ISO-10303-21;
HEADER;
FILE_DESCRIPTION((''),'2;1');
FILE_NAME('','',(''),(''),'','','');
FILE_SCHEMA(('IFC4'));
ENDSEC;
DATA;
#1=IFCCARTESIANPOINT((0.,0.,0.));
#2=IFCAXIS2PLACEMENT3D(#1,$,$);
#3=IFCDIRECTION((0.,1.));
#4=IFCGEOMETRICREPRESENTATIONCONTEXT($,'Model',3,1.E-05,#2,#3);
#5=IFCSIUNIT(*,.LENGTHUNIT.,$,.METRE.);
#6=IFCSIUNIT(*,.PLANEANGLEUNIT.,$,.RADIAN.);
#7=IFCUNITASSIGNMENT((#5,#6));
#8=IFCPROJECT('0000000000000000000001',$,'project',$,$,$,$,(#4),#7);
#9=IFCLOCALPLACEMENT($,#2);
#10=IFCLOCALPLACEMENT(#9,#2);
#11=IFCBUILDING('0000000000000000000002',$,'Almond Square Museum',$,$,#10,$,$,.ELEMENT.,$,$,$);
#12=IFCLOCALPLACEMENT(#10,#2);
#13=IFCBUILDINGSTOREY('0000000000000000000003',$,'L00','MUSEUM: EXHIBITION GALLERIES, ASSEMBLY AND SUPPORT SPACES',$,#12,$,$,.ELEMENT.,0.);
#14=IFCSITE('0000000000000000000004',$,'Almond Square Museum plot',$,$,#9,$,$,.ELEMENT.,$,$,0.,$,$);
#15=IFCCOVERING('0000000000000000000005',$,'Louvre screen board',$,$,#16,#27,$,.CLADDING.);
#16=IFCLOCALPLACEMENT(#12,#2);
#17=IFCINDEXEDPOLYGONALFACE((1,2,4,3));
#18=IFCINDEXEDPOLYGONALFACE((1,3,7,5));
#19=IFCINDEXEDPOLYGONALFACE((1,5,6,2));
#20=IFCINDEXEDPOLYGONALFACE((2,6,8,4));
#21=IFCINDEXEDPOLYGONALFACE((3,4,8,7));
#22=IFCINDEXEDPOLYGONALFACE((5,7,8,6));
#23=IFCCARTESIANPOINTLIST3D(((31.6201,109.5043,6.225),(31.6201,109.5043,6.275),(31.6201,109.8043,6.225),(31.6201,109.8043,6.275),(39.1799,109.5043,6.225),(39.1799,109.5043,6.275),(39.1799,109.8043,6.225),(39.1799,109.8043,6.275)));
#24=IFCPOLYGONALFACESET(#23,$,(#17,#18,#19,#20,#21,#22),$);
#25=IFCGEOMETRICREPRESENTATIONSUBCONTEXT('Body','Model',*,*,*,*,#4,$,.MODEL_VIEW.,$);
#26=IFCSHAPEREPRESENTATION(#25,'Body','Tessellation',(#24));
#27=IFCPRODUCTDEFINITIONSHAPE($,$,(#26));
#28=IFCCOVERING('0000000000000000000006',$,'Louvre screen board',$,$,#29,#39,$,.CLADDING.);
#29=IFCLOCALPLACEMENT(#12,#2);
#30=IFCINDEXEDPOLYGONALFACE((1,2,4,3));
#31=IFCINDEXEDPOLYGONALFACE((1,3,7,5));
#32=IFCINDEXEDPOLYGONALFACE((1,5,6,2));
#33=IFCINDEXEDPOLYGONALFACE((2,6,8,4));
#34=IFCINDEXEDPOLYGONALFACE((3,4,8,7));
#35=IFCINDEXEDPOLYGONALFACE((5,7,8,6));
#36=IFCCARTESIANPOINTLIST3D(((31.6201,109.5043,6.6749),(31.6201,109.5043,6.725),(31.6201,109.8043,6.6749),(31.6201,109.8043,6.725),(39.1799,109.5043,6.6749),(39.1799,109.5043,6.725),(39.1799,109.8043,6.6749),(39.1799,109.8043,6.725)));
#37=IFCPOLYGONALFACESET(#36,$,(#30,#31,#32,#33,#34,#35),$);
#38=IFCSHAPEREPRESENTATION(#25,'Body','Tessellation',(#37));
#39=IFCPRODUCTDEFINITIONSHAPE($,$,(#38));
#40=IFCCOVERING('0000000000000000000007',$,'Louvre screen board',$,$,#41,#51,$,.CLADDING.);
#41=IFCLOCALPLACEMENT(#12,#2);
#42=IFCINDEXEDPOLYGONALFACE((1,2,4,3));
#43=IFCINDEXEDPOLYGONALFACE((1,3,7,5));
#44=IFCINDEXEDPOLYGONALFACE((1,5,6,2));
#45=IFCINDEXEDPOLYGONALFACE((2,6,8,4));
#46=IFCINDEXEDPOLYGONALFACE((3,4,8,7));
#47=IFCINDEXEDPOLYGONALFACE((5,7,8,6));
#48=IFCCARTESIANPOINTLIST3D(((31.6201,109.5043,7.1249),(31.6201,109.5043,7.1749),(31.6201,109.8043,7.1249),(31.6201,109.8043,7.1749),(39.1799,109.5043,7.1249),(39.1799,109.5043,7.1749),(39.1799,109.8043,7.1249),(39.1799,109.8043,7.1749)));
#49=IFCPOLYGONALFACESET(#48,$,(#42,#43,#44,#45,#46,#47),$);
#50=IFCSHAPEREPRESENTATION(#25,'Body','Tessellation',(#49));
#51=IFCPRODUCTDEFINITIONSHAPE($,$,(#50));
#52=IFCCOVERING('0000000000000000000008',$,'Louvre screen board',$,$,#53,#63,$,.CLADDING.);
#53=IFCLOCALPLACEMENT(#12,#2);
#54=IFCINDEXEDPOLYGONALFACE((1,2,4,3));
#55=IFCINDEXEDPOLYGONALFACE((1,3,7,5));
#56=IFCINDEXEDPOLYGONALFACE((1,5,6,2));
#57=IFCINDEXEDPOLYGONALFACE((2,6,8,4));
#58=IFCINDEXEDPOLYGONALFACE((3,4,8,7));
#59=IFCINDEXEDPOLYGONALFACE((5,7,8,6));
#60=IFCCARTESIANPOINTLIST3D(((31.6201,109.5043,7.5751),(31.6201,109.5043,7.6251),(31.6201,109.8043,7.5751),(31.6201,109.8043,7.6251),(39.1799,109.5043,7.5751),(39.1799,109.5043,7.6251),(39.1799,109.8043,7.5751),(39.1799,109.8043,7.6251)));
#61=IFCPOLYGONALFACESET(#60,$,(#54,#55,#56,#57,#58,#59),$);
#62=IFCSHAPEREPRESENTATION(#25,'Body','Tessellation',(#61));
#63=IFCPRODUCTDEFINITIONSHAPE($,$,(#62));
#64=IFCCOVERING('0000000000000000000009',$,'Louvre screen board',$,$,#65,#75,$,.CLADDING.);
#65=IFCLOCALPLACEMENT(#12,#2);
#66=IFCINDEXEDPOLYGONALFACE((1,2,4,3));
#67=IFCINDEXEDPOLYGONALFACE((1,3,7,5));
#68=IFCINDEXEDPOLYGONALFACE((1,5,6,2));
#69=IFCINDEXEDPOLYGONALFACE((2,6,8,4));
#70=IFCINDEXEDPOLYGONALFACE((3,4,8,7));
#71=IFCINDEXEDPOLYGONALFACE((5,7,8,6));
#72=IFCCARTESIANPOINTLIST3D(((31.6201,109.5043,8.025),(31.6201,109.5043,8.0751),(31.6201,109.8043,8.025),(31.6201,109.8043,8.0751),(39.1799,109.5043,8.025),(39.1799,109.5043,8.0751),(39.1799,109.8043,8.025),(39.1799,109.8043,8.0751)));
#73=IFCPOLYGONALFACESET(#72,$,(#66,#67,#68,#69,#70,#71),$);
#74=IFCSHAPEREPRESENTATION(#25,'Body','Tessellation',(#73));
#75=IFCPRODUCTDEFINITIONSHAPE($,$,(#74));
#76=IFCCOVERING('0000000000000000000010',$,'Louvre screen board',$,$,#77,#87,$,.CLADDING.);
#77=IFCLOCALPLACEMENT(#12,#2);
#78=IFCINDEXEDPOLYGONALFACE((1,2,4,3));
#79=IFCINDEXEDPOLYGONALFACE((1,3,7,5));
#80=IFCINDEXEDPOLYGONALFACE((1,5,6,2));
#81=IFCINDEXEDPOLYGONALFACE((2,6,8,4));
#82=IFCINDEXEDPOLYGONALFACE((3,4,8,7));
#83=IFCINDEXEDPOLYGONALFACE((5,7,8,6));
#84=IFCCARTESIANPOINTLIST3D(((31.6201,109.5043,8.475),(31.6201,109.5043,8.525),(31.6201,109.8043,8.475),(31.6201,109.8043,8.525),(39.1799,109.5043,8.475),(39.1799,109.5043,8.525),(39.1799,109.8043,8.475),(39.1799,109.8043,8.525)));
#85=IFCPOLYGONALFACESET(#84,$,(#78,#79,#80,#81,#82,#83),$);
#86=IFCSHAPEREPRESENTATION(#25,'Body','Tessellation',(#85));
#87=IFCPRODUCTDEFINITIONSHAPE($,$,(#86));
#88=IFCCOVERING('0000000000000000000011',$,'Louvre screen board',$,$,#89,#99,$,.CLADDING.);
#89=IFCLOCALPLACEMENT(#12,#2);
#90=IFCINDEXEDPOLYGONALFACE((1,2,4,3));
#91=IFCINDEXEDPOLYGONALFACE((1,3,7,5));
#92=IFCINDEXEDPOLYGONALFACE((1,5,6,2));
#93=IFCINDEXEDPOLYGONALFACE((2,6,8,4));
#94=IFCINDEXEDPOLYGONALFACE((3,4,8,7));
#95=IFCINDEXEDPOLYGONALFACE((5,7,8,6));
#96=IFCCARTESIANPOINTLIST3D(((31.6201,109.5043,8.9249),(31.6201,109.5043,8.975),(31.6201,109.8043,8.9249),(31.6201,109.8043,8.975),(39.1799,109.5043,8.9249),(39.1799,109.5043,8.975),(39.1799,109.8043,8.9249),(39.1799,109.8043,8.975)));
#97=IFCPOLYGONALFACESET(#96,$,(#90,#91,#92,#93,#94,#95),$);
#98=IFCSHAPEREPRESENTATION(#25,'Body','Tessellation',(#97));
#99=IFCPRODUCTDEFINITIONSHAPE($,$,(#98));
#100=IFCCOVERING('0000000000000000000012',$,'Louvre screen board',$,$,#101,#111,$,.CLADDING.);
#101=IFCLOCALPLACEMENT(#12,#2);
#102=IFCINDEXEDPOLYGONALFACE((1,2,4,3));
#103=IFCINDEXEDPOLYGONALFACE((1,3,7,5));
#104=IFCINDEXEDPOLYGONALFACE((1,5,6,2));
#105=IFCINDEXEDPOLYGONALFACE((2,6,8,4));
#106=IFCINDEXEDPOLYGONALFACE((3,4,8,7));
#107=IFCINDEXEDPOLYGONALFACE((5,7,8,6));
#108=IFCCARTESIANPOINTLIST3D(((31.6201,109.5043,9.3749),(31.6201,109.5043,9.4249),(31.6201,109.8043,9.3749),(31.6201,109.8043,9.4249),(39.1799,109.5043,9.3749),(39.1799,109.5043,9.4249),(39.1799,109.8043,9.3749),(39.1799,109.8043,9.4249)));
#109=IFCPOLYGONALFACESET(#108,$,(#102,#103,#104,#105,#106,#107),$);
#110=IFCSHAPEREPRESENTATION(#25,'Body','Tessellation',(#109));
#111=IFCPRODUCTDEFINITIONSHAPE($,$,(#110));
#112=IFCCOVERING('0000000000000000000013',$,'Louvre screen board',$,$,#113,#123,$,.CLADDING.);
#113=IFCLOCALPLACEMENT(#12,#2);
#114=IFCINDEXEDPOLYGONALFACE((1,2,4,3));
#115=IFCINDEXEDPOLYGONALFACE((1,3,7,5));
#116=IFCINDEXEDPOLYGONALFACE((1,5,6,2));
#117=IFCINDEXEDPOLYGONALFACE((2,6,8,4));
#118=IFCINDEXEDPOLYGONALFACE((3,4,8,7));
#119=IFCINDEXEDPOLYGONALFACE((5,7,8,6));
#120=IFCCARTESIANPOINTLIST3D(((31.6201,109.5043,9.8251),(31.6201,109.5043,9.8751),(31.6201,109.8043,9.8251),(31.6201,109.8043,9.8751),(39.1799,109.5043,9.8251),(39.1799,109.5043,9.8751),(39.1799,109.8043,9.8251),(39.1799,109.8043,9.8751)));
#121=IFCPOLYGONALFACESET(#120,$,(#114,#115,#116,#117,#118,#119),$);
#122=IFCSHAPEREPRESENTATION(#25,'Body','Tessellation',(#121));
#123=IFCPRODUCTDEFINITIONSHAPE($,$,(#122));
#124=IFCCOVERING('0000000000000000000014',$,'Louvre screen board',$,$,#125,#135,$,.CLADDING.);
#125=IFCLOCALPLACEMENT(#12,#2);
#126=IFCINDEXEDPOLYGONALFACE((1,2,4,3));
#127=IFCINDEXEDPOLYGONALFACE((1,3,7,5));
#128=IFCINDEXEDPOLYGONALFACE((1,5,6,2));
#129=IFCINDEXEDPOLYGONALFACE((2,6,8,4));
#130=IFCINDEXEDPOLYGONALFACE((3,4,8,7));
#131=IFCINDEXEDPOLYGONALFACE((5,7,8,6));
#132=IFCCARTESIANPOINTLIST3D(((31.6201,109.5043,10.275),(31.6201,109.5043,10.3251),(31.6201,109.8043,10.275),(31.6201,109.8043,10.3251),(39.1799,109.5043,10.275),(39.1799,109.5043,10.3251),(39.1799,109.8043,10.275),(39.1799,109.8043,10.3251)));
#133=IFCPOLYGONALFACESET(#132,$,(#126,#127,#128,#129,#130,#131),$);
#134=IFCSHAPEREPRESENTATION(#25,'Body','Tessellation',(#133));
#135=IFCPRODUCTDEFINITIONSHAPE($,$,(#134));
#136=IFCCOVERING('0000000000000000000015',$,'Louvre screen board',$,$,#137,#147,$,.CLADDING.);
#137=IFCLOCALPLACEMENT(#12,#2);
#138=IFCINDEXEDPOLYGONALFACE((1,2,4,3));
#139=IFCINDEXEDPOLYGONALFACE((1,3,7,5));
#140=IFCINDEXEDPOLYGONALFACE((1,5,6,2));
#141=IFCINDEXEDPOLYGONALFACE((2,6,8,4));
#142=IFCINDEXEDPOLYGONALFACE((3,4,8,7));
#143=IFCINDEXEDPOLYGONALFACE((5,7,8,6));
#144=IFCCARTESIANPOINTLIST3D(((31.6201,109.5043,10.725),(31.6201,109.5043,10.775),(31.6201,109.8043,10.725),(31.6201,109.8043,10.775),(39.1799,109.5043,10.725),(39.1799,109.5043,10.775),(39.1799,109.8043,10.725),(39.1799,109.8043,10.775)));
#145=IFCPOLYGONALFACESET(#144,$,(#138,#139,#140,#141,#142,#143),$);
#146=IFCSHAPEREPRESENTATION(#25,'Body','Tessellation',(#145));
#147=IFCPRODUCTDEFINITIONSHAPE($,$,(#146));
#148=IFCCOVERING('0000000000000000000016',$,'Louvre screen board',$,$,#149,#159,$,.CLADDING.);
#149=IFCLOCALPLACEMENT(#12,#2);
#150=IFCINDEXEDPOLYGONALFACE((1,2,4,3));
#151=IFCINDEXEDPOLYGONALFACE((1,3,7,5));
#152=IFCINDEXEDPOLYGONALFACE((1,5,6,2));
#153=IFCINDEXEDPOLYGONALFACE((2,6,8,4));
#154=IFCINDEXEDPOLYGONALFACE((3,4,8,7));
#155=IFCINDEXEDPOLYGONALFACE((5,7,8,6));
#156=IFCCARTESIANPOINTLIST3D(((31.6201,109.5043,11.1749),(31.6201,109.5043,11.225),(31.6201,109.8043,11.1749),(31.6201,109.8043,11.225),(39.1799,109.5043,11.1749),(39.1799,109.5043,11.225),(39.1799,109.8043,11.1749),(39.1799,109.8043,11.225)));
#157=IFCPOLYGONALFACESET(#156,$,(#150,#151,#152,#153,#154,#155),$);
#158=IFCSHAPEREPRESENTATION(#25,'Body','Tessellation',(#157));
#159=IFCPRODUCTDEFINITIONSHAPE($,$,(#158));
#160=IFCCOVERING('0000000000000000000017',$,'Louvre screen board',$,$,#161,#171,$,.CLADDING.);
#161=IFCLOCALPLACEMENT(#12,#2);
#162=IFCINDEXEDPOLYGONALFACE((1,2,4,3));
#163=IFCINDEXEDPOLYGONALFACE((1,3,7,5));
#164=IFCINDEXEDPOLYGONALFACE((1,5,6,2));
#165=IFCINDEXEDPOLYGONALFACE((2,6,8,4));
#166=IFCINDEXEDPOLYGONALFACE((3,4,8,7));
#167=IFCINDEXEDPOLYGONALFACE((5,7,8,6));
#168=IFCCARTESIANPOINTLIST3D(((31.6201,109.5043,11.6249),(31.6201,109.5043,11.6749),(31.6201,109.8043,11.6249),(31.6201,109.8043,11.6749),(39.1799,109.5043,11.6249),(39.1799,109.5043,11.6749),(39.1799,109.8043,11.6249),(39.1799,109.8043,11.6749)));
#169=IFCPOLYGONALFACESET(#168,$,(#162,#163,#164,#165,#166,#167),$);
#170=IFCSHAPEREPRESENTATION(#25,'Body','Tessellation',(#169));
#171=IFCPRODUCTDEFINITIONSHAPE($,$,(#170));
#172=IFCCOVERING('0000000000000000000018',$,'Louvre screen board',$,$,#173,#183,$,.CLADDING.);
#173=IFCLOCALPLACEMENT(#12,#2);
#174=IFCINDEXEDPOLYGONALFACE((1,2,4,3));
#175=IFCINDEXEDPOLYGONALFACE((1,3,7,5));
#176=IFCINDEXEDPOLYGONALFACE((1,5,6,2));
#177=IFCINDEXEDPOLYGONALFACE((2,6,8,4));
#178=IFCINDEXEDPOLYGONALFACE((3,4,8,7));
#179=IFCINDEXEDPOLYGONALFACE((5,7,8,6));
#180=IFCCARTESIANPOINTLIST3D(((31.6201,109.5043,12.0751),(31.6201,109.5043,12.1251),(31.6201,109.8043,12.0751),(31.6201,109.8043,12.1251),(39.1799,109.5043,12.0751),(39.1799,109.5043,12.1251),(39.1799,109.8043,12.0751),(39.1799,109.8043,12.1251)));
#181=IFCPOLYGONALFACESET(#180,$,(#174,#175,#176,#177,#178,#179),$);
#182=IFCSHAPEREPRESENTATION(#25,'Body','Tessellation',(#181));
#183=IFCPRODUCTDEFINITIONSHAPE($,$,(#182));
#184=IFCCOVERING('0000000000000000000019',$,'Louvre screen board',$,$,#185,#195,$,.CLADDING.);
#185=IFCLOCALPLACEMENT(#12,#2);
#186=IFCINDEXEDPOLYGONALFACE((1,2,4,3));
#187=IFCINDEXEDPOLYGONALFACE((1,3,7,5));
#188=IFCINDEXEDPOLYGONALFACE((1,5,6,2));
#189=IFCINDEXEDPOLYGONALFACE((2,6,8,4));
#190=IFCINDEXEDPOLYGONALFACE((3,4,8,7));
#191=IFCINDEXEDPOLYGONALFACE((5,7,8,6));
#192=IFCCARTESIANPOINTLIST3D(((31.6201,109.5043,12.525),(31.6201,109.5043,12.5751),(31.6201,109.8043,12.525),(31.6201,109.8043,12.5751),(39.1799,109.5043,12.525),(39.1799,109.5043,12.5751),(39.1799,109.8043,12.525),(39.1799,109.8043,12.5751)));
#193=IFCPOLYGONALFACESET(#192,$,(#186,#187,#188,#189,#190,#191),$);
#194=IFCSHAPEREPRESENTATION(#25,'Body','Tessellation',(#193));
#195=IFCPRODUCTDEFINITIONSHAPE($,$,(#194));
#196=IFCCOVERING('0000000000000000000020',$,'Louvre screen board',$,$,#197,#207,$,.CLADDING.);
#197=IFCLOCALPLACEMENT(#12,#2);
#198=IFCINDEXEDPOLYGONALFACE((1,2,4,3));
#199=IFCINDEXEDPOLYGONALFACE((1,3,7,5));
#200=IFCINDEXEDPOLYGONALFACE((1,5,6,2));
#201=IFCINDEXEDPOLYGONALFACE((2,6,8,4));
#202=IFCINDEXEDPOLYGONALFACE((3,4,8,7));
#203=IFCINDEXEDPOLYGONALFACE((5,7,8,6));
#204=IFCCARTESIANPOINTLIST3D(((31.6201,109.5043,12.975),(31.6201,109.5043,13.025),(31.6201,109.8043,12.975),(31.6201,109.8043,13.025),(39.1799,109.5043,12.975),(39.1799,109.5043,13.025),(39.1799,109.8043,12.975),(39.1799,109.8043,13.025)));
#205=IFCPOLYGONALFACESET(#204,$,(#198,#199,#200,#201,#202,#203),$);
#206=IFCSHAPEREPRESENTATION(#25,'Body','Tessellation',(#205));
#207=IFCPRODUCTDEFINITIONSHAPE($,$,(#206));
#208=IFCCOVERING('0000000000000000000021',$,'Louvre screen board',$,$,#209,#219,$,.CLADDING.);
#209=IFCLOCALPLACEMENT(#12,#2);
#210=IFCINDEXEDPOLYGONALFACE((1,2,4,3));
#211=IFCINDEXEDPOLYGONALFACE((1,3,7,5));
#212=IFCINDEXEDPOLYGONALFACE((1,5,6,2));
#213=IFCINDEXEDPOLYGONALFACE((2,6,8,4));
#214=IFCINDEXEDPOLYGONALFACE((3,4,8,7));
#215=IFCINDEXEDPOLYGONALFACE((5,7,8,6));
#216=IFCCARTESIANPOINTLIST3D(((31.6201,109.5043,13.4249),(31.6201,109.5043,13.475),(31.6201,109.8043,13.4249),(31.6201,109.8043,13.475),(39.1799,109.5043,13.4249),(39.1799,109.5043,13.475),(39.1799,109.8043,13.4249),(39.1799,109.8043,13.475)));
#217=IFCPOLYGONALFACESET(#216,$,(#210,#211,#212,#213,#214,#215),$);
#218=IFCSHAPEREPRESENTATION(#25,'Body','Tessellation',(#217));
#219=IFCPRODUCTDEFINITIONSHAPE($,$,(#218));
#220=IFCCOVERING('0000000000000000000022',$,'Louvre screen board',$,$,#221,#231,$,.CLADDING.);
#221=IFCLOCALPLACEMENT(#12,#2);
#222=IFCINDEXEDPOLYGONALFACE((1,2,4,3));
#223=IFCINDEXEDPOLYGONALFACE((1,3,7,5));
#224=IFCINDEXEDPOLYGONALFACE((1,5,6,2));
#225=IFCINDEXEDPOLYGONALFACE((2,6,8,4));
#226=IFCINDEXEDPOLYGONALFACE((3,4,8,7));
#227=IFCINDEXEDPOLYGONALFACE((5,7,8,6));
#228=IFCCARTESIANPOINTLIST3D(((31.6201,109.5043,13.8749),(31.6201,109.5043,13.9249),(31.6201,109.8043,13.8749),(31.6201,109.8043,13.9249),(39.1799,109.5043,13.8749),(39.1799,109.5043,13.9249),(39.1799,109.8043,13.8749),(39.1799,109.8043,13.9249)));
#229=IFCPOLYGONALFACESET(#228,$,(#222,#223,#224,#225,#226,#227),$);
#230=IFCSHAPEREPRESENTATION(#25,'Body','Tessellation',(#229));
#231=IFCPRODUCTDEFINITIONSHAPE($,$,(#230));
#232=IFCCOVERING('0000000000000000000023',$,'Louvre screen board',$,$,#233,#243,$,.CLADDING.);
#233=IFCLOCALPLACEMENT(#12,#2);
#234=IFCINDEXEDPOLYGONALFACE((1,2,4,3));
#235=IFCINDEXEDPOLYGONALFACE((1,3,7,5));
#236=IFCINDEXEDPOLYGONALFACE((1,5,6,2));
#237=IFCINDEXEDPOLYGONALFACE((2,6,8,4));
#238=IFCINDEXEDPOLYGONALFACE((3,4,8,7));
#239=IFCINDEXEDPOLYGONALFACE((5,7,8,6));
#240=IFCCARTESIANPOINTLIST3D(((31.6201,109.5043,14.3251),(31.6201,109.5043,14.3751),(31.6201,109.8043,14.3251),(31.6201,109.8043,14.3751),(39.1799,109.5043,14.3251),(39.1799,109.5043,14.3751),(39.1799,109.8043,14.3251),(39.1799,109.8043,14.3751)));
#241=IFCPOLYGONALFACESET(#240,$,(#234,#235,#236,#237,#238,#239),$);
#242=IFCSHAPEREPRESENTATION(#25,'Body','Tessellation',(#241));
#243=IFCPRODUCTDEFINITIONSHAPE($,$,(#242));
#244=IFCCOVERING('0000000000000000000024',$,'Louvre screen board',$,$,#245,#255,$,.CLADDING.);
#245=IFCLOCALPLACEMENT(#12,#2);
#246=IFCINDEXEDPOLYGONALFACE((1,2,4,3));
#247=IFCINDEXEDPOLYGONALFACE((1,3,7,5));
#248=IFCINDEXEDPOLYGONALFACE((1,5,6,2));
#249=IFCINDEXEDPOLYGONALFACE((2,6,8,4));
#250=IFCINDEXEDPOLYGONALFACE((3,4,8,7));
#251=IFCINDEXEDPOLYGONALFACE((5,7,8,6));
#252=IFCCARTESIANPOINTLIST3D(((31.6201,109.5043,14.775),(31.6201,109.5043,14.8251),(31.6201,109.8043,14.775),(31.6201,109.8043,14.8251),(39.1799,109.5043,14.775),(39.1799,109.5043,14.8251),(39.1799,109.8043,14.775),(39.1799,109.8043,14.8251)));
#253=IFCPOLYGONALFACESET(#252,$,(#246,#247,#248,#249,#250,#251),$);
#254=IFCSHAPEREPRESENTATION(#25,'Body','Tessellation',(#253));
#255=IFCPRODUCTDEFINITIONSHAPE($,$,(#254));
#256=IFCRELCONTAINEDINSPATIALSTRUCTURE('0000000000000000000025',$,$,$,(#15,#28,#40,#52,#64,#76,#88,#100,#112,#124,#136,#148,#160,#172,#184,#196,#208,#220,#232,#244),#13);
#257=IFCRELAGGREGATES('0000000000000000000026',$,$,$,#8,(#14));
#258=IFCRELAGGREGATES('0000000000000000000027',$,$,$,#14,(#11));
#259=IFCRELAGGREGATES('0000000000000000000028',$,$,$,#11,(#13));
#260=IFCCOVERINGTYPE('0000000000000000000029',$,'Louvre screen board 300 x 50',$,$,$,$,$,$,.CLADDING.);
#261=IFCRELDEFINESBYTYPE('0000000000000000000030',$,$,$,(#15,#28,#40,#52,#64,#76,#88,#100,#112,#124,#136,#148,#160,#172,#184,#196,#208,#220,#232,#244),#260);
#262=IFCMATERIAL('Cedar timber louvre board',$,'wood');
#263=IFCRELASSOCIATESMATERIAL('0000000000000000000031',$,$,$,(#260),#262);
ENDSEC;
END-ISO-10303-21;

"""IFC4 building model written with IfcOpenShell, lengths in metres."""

from ifc_helpers import new_model, si_unit, direction, frame, origin, origin_2d, place, context, subcontext, project, spatial, rectangle, extrude, material, material_profile, profile_set, type_object, element, save


model = new_model("IFC4")

# Units and contexts
model_context = context("Model", 3, precision=1e-05, world=origin(), true_north=direction((0.0, 1.0)))
body_context = subcontext(model_context, "Body", "Model", "MODEL_VIEW")
ifc_project = project(units=[si_unit("LENGTHUNIT", "METRE"), si_unit("PLANEANGLEUNIT", "RADIAN")], contexts=[model_context])

# Site, building, storey
site_placement = place(None, origin())
site = spatial("IfcSite", under=ifc_project, at=site_placement, Name="Almond Square Museum plot", CompositionType="ELEMENT", RefElevation=0.0)
building_placement = place(site_placement, origin())
building = spatial("IfcBuilding", under=site, at=building_placement, Name="Almond Square Museum", CompositionType="ELEMENT")
storey_placement = place(building_placement, origin())
storey = spatial("IfcBuildingStorey", under=building, at=storey_placement, Name="L00", Description="MUSEUM: EXHIBITION GALLERIES, ASSEMBLY AND SUPPORT SPACES", CompositionType="ELEMENT", Elevation=0.0)

# Coverings
ifc_material = material(Name="Cedar timber louvre board", Category="wood")
ifc_material_profile = material_profile(ifc_material, rectangle(XDim=0.3, YDim=0.05, at=origin_2d()))
ifc_profile_set = profile_set([ifc_material_profile], Name="Cedar timber louvre board")
covering_type = type_object("IfcCoveringType", Name="Louvre screen board 300 x 50", PredefinedType="CLADDING", material=ifc_profile_set)
for number, where, z_axis, x_axis, name in (
    (1, (31.6201, 109.6543, 6.25), (1.0, 0.0, 0.0), (0.0, 1.0, 0.0), "Louvre screen board"),
    (2, (31.6201, 109.6543, 6.7), (1.0, 0.0, 0.0), (0.0, 1.0, 0.0), "Louvre screen board"),
    (3, (31.6201, 109.6543, 7.1499), (1.0, 0.0, 0.0), (0.0, 1.0, 0.0), "Louvre screen board"),
    (4, (31.6201, 109.6543, 7.6001), (1.0, 0.0, 0.0), (0.0, 1.0, 0.0), "Louvre screen board"),
    (5, (31.6201, 109.6543, 8.05), (1.0, 0.0, 0.0), (0.0, 1.0, 0.0), "Louvre screen board"),
    (6, (31.6201, 109.6543, 8.5), (1.0, 0.0, 0.0), (0.0, 1.0, 0.0), "Louvre screen board"),
    (7, (31.6201, 109.6543, 8.95), (1.0, 0.0, 0.0), (0.0, 1.0, 0.0), "Louvre screen board"),
    (8, (31.6201, 109.6543, 9.3999), (1.0, 0.0, 0.0), (0.0, 1.0, 0.0), "Louvre screen board"),
    (9, (31.6201, 109.6543, 9.8501), (1.0, 0.0, 0.0), (0.0, 1.0, 0.0), "Louvre screen board"),
    (10, (31.6201, 109.6543, 10.3), (1.0, 0.0, 0.0), (0.0, 1.0, 0.0), "Louvre screen board"),
    (11, (31.6201, 109.6543, 10.75), (1.0, 0.0, 0.0), (0.0, 1.0, 0.0), "Louvre screen board"),
    (12, (31.6201, 109.6543, 11.2), (1.0, 0.0, 0.0), (0.0, 1.0, 0.0), "Louvre screen board"),
    (13, (31.6201, 109.6543, 11.6499), (1.0, 0.0, 0.0), (0.0, 1.0, 0.0), "Louvre screen board"),
    (14, (31.6201, 109.6543, 12.1001), (1.0, 0.0, 0.0), (0.0, 1.0, 0.0), "Louvre screen board"),
    (15, (31.6201, 109.6543, 12.55), (1.0, 0.0, 0.0), (0.0, 1.0, 0.0), "Louvre screen board"),
    (16, (31.6201, 109.6543, 13.0), (1.0, 0.0, 0.0), (0.0, 1.0, 0.0), "Louvre screen board"),
    (17, (31.6201, 109.6543, 13.45), (1.0, 0.0, 0.0), (0.0, 1.0, 0.0), "Louvre screen board"),
    (18, (31.6201, 109.6543, 13.8999), (1.0, 0.0, 0.0), (0.0, 1.0, 0.0), "Louvre screen board"),
    (19, (31.6201, 109.6543, 14.3501), (1.0, 0.0, 0.0), (0.0, 1.0, 0.0), "Louvre screen board"),
    (20, (31.6201, 109.6543, 14.8), (1.0, 0.0, 0.0), (0.0, 1.0, 0.0), "Louvre screen board"),
):
    element("IfcCovering", number, at=place(storey_placement, frame(where, z_axis=z_axis, x_axis=x_axis)), inside=storey, type_object=covering_type, Name=name, PredefinedType="CLADDING", context=body_context, shape_type="SweptSolid", body=[
        extrude(rectangle(XDim=0.3, YDim=0.05, at=origin_2d()), origin(), (0.0, 0.0, 1.0), 7.5598),
    ])

save(model, "model.ifc")
